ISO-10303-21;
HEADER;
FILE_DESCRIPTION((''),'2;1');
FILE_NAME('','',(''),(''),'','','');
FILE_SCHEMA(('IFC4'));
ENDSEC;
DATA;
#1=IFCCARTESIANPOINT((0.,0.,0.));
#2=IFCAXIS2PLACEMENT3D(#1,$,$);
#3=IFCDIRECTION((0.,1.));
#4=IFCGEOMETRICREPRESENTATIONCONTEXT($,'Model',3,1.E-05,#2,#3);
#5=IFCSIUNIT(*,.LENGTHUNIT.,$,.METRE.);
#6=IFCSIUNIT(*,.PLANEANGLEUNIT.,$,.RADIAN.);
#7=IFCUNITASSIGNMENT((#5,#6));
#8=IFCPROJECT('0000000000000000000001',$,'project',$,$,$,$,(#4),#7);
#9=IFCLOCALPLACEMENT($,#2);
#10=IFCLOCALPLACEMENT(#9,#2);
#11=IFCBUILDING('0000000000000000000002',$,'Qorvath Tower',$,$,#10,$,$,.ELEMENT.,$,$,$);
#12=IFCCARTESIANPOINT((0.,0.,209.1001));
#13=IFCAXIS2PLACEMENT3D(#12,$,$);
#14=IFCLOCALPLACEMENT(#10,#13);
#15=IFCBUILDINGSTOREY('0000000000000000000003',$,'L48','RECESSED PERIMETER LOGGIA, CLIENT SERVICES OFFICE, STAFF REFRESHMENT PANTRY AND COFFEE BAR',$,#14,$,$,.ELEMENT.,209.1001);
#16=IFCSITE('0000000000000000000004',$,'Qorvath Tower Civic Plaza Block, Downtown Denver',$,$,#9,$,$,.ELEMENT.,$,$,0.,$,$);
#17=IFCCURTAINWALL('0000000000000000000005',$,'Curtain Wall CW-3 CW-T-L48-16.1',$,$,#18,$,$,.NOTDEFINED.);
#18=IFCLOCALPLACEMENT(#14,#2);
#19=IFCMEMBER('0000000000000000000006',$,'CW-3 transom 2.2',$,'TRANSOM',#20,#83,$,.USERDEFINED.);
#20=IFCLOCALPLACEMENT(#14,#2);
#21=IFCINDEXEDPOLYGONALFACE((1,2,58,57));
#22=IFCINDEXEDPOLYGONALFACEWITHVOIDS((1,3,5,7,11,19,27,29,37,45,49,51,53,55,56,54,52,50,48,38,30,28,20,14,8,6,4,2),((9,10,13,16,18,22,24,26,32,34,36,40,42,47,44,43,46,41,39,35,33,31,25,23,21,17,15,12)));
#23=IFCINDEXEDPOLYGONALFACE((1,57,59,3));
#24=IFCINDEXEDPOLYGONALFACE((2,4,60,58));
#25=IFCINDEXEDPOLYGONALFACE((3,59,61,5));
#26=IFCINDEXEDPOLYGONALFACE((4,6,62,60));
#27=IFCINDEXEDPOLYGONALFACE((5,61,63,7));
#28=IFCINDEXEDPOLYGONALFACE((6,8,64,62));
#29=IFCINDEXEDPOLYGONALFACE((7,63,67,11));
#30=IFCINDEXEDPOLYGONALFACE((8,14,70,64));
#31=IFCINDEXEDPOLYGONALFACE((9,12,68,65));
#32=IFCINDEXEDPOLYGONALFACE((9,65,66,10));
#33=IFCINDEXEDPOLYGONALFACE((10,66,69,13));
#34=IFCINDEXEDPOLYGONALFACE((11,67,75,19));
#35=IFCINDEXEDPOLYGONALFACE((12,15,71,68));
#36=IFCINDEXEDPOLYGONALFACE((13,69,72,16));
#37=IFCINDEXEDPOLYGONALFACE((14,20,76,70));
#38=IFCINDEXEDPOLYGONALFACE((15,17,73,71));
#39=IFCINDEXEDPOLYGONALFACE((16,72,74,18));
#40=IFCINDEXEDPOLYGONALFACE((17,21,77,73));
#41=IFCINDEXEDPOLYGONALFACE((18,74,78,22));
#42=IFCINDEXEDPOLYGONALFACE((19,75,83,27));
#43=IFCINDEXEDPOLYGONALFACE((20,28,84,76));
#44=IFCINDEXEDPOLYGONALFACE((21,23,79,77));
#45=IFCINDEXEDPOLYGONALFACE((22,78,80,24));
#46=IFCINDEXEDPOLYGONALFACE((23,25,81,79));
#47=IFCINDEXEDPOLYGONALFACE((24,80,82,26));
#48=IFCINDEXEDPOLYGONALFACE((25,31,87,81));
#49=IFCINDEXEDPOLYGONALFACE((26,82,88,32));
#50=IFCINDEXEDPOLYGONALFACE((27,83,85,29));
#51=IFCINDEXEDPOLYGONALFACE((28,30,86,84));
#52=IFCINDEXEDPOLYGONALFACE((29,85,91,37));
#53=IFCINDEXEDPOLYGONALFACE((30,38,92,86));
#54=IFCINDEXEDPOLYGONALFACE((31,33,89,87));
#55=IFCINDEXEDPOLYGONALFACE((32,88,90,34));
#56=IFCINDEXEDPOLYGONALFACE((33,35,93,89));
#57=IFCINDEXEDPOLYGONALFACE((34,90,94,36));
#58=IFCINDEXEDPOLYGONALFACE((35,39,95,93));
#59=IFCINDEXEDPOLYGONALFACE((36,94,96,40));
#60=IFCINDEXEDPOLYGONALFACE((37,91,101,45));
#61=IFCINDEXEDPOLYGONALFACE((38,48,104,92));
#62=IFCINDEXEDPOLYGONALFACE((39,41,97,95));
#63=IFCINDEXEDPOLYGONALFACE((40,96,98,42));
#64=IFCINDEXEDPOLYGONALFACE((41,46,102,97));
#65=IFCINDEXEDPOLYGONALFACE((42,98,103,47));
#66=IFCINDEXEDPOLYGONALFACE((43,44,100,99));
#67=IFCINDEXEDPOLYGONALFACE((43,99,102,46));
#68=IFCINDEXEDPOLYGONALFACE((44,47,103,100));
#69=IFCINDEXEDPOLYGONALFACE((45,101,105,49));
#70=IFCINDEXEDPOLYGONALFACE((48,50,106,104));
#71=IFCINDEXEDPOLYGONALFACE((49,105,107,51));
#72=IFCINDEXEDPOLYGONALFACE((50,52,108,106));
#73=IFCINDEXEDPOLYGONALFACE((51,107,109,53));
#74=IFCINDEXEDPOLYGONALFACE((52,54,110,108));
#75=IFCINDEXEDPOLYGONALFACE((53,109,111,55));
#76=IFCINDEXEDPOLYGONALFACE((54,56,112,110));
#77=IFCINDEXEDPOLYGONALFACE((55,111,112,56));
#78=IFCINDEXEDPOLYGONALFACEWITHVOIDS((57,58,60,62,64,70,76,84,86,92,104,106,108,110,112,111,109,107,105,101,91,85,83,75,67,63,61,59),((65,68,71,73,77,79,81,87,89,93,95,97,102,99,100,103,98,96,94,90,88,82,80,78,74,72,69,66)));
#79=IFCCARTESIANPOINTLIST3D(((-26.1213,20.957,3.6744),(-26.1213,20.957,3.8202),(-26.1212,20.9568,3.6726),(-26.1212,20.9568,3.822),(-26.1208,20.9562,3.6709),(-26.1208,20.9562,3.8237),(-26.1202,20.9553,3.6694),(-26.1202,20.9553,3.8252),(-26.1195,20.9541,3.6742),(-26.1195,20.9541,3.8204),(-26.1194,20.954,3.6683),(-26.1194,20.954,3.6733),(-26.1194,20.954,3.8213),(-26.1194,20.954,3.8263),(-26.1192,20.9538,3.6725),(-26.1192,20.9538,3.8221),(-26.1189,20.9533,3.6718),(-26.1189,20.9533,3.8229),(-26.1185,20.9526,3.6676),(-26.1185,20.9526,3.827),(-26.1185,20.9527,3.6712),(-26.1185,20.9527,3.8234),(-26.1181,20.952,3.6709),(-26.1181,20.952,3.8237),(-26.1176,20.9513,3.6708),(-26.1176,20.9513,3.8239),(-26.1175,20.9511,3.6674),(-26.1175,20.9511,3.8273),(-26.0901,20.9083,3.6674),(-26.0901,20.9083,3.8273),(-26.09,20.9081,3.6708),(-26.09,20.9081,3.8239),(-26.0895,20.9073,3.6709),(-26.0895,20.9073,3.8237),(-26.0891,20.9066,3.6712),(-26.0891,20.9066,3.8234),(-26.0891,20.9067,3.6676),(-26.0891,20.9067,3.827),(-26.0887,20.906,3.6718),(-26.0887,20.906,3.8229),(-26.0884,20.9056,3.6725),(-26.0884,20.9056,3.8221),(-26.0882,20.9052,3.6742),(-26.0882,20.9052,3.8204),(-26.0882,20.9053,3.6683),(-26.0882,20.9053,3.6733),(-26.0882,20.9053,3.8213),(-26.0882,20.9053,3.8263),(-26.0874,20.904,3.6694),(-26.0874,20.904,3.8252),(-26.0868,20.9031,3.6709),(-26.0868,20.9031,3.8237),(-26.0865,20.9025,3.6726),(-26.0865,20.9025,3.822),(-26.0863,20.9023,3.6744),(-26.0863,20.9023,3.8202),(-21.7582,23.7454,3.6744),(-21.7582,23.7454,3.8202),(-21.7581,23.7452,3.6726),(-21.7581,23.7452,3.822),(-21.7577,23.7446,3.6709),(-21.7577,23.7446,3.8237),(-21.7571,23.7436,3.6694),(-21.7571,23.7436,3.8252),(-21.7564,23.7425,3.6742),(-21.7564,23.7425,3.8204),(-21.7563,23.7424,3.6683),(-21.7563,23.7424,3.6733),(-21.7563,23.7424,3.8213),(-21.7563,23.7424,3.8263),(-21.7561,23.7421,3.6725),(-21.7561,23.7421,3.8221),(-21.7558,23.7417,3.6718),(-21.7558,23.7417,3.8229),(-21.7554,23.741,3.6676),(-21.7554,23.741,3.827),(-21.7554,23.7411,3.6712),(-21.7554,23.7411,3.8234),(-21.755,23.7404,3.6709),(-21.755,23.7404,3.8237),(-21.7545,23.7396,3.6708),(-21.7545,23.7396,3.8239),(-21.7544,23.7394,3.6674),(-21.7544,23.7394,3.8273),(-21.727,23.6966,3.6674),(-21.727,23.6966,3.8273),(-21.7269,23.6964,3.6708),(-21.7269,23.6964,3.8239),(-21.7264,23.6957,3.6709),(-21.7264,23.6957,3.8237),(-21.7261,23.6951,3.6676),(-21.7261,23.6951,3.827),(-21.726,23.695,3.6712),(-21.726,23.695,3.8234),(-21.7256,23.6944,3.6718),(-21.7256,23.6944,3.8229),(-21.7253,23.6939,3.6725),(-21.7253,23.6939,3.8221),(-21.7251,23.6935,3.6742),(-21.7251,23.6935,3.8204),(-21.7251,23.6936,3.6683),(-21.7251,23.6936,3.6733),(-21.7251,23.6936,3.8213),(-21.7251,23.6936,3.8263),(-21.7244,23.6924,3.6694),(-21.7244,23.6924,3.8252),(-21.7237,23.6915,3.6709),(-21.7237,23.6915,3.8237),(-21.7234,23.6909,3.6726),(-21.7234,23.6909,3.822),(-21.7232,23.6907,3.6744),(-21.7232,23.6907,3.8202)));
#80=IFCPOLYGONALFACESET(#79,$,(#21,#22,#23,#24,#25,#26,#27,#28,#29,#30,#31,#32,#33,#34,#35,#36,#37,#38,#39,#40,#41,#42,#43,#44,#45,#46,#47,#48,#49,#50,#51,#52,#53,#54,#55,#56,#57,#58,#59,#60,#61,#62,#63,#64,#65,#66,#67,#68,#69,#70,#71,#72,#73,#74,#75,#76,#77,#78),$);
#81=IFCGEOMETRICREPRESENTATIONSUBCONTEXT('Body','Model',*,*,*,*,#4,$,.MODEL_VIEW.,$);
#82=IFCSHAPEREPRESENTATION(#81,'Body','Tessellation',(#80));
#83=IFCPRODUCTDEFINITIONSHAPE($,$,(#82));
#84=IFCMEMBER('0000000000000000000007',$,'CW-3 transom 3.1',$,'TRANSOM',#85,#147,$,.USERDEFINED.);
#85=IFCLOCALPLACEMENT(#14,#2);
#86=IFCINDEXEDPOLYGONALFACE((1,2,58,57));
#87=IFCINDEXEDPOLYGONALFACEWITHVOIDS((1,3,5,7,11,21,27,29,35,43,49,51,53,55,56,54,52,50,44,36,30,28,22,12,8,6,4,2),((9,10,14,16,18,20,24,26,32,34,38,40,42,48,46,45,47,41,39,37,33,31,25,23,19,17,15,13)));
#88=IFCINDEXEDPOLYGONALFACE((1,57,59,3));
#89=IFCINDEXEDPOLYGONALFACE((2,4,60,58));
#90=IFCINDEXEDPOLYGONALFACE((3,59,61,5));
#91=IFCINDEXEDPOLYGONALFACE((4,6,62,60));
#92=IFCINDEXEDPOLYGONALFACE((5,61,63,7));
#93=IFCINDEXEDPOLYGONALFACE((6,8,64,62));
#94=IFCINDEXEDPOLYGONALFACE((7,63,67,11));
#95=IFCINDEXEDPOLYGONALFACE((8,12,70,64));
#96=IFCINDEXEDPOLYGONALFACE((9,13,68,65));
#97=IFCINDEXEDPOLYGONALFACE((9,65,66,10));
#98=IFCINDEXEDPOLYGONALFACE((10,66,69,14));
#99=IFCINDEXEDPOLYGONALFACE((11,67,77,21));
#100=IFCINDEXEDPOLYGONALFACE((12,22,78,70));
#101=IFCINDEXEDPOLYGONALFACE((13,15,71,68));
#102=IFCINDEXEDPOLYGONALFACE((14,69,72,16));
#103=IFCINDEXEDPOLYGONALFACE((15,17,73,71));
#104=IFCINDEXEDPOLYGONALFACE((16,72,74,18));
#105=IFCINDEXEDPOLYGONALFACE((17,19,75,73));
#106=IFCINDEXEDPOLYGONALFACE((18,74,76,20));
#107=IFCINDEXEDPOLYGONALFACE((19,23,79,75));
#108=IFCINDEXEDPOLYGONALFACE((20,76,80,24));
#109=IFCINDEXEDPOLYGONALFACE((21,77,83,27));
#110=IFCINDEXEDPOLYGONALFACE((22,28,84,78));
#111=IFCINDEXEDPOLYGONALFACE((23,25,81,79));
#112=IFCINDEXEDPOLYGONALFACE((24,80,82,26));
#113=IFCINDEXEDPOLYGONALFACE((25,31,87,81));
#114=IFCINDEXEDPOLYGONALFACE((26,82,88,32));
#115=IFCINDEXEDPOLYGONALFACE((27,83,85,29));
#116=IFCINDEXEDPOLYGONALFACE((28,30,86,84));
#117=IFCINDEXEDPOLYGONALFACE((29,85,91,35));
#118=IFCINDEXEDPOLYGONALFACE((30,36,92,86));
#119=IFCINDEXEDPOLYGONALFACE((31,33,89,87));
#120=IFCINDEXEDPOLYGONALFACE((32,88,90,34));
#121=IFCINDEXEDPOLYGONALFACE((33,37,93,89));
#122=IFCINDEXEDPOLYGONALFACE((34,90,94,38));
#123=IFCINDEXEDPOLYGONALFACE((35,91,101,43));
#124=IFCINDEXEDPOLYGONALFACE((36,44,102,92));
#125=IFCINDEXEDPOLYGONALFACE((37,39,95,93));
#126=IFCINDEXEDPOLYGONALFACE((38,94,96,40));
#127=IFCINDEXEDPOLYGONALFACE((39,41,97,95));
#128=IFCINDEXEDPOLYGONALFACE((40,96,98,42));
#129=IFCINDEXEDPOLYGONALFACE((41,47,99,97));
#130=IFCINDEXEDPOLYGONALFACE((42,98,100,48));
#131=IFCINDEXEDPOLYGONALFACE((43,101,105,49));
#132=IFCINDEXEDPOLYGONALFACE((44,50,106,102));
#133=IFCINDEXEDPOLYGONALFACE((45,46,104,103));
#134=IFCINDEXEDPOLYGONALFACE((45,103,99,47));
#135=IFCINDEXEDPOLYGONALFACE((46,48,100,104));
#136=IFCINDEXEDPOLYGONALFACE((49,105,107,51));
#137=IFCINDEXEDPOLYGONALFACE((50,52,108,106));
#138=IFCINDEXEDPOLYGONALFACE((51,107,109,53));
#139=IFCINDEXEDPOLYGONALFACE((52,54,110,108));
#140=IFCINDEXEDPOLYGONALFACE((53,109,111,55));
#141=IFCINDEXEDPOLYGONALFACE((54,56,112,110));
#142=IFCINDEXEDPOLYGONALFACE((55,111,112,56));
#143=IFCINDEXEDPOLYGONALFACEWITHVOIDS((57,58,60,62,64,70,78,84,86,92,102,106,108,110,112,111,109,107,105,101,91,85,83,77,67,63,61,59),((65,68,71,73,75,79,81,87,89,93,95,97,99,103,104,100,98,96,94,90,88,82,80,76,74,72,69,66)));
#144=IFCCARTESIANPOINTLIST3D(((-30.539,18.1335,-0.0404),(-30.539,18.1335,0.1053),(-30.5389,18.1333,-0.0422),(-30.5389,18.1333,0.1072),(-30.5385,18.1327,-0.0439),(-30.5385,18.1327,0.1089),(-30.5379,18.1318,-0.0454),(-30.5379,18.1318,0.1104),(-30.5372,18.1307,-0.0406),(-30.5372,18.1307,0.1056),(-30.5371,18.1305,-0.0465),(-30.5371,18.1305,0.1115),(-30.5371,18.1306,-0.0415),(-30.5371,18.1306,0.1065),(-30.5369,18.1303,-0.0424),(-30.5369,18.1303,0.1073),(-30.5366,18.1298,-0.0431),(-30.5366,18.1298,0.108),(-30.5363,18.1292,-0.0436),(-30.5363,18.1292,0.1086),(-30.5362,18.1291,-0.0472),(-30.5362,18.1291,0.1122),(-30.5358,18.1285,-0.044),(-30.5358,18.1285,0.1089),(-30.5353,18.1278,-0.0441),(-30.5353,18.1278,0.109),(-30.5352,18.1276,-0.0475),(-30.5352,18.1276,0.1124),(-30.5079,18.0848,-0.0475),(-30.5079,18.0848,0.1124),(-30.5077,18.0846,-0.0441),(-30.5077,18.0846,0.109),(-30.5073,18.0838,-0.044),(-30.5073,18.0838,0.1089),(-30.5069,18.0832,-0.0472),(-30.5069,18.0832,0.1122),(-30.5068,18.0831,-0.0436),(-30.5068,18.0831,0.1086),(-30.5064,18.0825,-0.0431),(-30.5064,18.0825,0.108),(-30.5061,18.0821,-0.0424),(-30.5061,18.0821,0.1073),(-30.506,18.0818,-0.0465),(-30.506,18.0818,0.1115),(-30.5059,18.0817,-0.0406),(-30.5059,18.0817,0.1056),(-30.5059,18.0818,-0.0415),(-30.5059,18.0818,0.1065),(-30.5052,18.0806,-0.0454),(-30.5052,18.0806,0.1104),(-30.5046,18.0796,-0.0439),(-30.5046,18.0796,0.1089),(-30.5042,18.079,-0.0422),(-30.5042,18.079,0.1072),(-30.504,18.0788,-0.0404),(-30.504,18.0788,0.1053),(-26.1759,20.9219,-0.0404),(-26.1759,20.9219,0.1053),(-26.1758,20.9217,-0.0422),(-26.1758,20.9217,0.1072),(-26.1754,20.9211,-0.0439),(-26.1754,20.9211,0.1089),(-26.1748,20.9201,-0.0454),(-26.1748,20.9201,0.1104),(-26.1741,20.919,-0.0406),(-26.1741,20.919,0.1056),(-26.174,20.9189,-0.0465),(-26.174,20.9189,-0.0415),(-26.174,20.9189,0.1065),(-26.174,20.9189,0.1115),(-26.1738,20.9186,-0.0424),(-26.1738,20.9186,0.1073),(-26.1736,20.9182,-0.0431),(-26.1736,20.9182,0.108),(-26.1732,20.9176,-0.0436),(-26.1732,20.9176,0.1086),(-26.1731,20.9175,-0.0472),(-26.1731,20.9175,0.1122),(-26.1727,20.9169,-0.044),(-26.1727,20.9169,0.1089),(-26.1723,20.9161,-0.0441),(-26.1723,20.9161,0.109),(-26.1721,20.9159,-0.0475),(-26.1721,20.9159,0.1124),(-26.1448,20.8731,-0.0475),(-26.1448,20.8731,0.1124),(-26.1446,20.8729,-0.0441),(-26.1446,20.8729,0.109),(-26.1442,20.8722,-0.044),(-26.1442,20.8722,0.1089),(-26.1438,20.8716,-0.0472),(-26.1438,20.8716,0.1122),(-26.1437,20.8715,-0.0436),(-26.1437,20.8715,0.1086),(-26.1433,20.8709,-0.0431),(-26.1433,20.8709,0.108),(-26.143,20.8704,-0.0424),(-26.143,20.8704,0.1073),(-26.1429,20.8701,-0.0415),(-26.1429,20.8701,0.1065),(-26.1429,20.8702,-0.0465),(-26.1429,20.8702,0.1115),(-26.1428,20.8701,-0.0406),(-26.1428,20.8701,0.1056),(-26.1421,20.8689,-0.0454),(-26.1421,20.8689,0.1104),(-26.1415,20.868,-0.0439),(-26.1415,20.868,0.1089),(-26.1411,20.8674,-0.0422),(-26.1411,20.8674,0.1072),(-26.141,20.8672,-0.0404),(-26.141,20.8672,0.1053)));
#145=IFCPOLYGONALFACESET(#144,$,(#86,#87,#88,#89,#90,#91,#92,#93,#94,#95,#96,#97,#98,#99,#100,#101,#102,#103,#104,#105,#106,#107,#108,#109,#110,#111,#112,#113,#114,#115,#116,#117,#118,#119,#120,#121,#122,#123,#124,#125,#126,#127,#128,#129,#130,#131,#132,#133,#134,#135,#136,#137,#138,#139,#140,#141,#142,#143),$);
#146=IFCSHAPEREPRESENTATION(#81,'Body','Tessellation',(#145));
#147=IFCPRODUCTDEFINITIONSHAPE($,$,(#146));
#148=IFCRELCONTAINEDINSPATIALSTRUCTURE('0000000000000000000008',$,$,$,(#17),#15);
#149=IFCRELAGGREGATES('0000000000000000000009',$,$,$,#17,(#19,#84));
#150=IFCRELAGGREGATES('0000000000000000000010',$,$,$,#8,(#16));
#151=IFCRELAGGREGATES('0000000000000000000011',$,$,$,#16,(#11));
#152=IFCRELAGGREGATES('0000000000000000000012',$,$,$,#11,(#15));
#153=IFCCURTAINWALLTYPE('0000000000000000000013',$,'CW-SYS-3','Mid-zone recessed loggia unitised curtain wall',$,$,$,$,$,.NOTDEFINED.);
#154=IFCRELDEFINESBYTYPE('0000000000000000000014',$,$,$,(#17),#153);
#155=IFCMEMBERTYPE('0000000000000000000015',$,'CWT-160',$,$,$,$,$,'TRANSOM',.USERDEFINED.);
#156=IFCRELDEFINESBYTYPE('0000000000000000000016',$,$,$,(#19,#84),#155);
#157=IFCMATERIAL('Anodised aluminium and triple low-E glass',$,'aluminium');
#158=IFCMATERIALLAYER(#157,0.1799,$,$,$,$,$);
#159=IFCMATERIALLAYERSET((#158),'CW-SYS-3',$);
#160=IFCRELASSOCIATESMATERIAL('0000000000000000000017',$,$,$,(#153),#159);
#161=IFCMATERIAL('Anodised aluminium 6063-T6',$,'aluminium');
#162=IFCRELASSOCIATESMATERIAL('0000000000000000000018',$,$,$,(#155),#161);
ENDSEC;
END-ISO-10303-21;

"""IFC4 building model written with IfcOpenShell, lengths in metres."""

from ifc_helpers import new_model, si_unit, direction, frame, origin, origin_2d, place, context, subcontext, project, spatial, hollow_rectangle, extrude, material, layer, layer_set, material_profile, profile_set, type_object, element, aggregate, save


model = new_model("IFC4")

# Units and contexts
model_context = context("Model", 3, precision=1e-05, world=origin(), true_north=direction((0.0, 1.0)))
body_context = subcontext(model_context, "Body", "Model", "MODEL_VIEW")
ifc_project = project(units=[si_unit("LENGTHUNIT", "METRE"), si_unit("PLANEANGLEUNIT", "RADIAN")], contexts=[model_context])

# Site, building, storey
site_placement = place(None, origin())
site = spatial("IfcSite", under=ifc_project, at=site_placement, Name="Qorvath Tower Civic Plaza Block, Downtown Denver", CompositionType="ELEMENT", RefElevation=0.0)
building_placement = place(site_placement, origin())
building = spatial("IfcBuilding", under=site, at=building_placement, Name="Qorvath Tower", CompositionType="ELEMENT")
storey_placement = place(building_placement, frame((0.0, 0.0, 209.1001)))
storey = spatial("IfcBuildingStorey", under=building, at=storey_placement, Name="L48", Description="RECESSED PERIMETER LOGGIA, CLIENT SERVICES OFFICE, STAFF REFRESHMENT PANTRY AND COFFEE BAR", CompositionType="ELEMENT", Elevation=209.1001)

# Curtain wall, members
ifc_material_1 = material(Name="Anodised aluminium and triple low-E glass", Category="aluminium")
ifc_layer_1 = layer(ifc_material_1, 0.1799)
ifc_layer_set_1 = layer_set([ifc_layer_1], Name="CW-SYS-3")
curtain_wall_type = type_object("IfcCurtainWallType", Name="CW-SYS-3", Description="Mid-zone recessed loggia unitised curtain wall", PredefinedType="NOTDEFINED", material=ifc_layer_set_1)
curtain_wall_placement = place(storey_placement, origin())
curtain_wall = element("IfcCurtainWall", 1, at=curtain_wall_placement, inside=storey, type_object=curtain_wall_type, Name="Curtain Wall CW-3 CW-T-L48-16.1", PredefinedType="NOTDEFINED")
ifc_material_2 = material(Name="Anodised aluminium 6063-T6", Category="aluminium")
ifc_material_profile_1 = material_profile(ifc_material_2, hollow_rectangle(XDim=0.0649, YDim=0.1599, WallThickness=0.0034, InnerFilletRadius=0.0034, OuterFilletRadius=0.0071, at=origin_2d()), Name="CWT 160x65")
ifc_profile_set_1 = profile_set([ifc_material_profile_1], Name="Anodised aluminium 6063-T6")
member_type_1 = type_object("IfcMemberType", Name="CWT-160", ElementType="TRANSOM", PredefinedType="USERDEFINED", material=ifc_profile_set_1)
member_1_placement = place(storey_placement, frame((-21.7407, 23.718, 3.7473), z_axis=(-0.842623, -0.538504, 0.0), x_axis=(0.538504, -0.842623, 0.0)))
member_1 = element("IfcMember", 2, at=member_1_placement, type_object=member_type_1, Name="CW-3 transom 2.2", ObjectType="TRANSOM", PredefinedType="USERDEFINED", context=body_context, shape_type="SweptSolid", body=[
    extrude(hollow_rectangle(XDim=0.0649, YDim=0.1599, WallThickness=0.0034, InnerFilletRadius=0.0034, OuterFilletRadius=0.0071, at=origin_2d()), origin(), (0.0, 0.0, 1.0), 5.178),
])
member_2_placement = place(storey_placement, frame((-26.1584, 20.8945, 0.0325), z_axis=(-0.842623, -0.538504, 0.0), x_axis=(0.538504, -0.842623, 0.0)))
member_2 = element("IfcMember", 3, at=member_2_placement, type_object=member_type_1, Name="CW-3 transom 3.1", ObjectType="TRANSOM", PredefinedType="USERDEFINED", context=body_context, shape_type="SweptSolid", body=[
    extrude(hollow_rectangle(XDim=0.0649, YDim=0.1599, WallThickness=0.0034, InnerFilletRadius=0.0034, OuterFilletRadius=0.0071, at=origin_2d()), origin(), (0.0, 0.0, 1.0), 5.178),
])
aggregate(curtain_wall, [member_1, member_2])

save(model, "model.ifc")
